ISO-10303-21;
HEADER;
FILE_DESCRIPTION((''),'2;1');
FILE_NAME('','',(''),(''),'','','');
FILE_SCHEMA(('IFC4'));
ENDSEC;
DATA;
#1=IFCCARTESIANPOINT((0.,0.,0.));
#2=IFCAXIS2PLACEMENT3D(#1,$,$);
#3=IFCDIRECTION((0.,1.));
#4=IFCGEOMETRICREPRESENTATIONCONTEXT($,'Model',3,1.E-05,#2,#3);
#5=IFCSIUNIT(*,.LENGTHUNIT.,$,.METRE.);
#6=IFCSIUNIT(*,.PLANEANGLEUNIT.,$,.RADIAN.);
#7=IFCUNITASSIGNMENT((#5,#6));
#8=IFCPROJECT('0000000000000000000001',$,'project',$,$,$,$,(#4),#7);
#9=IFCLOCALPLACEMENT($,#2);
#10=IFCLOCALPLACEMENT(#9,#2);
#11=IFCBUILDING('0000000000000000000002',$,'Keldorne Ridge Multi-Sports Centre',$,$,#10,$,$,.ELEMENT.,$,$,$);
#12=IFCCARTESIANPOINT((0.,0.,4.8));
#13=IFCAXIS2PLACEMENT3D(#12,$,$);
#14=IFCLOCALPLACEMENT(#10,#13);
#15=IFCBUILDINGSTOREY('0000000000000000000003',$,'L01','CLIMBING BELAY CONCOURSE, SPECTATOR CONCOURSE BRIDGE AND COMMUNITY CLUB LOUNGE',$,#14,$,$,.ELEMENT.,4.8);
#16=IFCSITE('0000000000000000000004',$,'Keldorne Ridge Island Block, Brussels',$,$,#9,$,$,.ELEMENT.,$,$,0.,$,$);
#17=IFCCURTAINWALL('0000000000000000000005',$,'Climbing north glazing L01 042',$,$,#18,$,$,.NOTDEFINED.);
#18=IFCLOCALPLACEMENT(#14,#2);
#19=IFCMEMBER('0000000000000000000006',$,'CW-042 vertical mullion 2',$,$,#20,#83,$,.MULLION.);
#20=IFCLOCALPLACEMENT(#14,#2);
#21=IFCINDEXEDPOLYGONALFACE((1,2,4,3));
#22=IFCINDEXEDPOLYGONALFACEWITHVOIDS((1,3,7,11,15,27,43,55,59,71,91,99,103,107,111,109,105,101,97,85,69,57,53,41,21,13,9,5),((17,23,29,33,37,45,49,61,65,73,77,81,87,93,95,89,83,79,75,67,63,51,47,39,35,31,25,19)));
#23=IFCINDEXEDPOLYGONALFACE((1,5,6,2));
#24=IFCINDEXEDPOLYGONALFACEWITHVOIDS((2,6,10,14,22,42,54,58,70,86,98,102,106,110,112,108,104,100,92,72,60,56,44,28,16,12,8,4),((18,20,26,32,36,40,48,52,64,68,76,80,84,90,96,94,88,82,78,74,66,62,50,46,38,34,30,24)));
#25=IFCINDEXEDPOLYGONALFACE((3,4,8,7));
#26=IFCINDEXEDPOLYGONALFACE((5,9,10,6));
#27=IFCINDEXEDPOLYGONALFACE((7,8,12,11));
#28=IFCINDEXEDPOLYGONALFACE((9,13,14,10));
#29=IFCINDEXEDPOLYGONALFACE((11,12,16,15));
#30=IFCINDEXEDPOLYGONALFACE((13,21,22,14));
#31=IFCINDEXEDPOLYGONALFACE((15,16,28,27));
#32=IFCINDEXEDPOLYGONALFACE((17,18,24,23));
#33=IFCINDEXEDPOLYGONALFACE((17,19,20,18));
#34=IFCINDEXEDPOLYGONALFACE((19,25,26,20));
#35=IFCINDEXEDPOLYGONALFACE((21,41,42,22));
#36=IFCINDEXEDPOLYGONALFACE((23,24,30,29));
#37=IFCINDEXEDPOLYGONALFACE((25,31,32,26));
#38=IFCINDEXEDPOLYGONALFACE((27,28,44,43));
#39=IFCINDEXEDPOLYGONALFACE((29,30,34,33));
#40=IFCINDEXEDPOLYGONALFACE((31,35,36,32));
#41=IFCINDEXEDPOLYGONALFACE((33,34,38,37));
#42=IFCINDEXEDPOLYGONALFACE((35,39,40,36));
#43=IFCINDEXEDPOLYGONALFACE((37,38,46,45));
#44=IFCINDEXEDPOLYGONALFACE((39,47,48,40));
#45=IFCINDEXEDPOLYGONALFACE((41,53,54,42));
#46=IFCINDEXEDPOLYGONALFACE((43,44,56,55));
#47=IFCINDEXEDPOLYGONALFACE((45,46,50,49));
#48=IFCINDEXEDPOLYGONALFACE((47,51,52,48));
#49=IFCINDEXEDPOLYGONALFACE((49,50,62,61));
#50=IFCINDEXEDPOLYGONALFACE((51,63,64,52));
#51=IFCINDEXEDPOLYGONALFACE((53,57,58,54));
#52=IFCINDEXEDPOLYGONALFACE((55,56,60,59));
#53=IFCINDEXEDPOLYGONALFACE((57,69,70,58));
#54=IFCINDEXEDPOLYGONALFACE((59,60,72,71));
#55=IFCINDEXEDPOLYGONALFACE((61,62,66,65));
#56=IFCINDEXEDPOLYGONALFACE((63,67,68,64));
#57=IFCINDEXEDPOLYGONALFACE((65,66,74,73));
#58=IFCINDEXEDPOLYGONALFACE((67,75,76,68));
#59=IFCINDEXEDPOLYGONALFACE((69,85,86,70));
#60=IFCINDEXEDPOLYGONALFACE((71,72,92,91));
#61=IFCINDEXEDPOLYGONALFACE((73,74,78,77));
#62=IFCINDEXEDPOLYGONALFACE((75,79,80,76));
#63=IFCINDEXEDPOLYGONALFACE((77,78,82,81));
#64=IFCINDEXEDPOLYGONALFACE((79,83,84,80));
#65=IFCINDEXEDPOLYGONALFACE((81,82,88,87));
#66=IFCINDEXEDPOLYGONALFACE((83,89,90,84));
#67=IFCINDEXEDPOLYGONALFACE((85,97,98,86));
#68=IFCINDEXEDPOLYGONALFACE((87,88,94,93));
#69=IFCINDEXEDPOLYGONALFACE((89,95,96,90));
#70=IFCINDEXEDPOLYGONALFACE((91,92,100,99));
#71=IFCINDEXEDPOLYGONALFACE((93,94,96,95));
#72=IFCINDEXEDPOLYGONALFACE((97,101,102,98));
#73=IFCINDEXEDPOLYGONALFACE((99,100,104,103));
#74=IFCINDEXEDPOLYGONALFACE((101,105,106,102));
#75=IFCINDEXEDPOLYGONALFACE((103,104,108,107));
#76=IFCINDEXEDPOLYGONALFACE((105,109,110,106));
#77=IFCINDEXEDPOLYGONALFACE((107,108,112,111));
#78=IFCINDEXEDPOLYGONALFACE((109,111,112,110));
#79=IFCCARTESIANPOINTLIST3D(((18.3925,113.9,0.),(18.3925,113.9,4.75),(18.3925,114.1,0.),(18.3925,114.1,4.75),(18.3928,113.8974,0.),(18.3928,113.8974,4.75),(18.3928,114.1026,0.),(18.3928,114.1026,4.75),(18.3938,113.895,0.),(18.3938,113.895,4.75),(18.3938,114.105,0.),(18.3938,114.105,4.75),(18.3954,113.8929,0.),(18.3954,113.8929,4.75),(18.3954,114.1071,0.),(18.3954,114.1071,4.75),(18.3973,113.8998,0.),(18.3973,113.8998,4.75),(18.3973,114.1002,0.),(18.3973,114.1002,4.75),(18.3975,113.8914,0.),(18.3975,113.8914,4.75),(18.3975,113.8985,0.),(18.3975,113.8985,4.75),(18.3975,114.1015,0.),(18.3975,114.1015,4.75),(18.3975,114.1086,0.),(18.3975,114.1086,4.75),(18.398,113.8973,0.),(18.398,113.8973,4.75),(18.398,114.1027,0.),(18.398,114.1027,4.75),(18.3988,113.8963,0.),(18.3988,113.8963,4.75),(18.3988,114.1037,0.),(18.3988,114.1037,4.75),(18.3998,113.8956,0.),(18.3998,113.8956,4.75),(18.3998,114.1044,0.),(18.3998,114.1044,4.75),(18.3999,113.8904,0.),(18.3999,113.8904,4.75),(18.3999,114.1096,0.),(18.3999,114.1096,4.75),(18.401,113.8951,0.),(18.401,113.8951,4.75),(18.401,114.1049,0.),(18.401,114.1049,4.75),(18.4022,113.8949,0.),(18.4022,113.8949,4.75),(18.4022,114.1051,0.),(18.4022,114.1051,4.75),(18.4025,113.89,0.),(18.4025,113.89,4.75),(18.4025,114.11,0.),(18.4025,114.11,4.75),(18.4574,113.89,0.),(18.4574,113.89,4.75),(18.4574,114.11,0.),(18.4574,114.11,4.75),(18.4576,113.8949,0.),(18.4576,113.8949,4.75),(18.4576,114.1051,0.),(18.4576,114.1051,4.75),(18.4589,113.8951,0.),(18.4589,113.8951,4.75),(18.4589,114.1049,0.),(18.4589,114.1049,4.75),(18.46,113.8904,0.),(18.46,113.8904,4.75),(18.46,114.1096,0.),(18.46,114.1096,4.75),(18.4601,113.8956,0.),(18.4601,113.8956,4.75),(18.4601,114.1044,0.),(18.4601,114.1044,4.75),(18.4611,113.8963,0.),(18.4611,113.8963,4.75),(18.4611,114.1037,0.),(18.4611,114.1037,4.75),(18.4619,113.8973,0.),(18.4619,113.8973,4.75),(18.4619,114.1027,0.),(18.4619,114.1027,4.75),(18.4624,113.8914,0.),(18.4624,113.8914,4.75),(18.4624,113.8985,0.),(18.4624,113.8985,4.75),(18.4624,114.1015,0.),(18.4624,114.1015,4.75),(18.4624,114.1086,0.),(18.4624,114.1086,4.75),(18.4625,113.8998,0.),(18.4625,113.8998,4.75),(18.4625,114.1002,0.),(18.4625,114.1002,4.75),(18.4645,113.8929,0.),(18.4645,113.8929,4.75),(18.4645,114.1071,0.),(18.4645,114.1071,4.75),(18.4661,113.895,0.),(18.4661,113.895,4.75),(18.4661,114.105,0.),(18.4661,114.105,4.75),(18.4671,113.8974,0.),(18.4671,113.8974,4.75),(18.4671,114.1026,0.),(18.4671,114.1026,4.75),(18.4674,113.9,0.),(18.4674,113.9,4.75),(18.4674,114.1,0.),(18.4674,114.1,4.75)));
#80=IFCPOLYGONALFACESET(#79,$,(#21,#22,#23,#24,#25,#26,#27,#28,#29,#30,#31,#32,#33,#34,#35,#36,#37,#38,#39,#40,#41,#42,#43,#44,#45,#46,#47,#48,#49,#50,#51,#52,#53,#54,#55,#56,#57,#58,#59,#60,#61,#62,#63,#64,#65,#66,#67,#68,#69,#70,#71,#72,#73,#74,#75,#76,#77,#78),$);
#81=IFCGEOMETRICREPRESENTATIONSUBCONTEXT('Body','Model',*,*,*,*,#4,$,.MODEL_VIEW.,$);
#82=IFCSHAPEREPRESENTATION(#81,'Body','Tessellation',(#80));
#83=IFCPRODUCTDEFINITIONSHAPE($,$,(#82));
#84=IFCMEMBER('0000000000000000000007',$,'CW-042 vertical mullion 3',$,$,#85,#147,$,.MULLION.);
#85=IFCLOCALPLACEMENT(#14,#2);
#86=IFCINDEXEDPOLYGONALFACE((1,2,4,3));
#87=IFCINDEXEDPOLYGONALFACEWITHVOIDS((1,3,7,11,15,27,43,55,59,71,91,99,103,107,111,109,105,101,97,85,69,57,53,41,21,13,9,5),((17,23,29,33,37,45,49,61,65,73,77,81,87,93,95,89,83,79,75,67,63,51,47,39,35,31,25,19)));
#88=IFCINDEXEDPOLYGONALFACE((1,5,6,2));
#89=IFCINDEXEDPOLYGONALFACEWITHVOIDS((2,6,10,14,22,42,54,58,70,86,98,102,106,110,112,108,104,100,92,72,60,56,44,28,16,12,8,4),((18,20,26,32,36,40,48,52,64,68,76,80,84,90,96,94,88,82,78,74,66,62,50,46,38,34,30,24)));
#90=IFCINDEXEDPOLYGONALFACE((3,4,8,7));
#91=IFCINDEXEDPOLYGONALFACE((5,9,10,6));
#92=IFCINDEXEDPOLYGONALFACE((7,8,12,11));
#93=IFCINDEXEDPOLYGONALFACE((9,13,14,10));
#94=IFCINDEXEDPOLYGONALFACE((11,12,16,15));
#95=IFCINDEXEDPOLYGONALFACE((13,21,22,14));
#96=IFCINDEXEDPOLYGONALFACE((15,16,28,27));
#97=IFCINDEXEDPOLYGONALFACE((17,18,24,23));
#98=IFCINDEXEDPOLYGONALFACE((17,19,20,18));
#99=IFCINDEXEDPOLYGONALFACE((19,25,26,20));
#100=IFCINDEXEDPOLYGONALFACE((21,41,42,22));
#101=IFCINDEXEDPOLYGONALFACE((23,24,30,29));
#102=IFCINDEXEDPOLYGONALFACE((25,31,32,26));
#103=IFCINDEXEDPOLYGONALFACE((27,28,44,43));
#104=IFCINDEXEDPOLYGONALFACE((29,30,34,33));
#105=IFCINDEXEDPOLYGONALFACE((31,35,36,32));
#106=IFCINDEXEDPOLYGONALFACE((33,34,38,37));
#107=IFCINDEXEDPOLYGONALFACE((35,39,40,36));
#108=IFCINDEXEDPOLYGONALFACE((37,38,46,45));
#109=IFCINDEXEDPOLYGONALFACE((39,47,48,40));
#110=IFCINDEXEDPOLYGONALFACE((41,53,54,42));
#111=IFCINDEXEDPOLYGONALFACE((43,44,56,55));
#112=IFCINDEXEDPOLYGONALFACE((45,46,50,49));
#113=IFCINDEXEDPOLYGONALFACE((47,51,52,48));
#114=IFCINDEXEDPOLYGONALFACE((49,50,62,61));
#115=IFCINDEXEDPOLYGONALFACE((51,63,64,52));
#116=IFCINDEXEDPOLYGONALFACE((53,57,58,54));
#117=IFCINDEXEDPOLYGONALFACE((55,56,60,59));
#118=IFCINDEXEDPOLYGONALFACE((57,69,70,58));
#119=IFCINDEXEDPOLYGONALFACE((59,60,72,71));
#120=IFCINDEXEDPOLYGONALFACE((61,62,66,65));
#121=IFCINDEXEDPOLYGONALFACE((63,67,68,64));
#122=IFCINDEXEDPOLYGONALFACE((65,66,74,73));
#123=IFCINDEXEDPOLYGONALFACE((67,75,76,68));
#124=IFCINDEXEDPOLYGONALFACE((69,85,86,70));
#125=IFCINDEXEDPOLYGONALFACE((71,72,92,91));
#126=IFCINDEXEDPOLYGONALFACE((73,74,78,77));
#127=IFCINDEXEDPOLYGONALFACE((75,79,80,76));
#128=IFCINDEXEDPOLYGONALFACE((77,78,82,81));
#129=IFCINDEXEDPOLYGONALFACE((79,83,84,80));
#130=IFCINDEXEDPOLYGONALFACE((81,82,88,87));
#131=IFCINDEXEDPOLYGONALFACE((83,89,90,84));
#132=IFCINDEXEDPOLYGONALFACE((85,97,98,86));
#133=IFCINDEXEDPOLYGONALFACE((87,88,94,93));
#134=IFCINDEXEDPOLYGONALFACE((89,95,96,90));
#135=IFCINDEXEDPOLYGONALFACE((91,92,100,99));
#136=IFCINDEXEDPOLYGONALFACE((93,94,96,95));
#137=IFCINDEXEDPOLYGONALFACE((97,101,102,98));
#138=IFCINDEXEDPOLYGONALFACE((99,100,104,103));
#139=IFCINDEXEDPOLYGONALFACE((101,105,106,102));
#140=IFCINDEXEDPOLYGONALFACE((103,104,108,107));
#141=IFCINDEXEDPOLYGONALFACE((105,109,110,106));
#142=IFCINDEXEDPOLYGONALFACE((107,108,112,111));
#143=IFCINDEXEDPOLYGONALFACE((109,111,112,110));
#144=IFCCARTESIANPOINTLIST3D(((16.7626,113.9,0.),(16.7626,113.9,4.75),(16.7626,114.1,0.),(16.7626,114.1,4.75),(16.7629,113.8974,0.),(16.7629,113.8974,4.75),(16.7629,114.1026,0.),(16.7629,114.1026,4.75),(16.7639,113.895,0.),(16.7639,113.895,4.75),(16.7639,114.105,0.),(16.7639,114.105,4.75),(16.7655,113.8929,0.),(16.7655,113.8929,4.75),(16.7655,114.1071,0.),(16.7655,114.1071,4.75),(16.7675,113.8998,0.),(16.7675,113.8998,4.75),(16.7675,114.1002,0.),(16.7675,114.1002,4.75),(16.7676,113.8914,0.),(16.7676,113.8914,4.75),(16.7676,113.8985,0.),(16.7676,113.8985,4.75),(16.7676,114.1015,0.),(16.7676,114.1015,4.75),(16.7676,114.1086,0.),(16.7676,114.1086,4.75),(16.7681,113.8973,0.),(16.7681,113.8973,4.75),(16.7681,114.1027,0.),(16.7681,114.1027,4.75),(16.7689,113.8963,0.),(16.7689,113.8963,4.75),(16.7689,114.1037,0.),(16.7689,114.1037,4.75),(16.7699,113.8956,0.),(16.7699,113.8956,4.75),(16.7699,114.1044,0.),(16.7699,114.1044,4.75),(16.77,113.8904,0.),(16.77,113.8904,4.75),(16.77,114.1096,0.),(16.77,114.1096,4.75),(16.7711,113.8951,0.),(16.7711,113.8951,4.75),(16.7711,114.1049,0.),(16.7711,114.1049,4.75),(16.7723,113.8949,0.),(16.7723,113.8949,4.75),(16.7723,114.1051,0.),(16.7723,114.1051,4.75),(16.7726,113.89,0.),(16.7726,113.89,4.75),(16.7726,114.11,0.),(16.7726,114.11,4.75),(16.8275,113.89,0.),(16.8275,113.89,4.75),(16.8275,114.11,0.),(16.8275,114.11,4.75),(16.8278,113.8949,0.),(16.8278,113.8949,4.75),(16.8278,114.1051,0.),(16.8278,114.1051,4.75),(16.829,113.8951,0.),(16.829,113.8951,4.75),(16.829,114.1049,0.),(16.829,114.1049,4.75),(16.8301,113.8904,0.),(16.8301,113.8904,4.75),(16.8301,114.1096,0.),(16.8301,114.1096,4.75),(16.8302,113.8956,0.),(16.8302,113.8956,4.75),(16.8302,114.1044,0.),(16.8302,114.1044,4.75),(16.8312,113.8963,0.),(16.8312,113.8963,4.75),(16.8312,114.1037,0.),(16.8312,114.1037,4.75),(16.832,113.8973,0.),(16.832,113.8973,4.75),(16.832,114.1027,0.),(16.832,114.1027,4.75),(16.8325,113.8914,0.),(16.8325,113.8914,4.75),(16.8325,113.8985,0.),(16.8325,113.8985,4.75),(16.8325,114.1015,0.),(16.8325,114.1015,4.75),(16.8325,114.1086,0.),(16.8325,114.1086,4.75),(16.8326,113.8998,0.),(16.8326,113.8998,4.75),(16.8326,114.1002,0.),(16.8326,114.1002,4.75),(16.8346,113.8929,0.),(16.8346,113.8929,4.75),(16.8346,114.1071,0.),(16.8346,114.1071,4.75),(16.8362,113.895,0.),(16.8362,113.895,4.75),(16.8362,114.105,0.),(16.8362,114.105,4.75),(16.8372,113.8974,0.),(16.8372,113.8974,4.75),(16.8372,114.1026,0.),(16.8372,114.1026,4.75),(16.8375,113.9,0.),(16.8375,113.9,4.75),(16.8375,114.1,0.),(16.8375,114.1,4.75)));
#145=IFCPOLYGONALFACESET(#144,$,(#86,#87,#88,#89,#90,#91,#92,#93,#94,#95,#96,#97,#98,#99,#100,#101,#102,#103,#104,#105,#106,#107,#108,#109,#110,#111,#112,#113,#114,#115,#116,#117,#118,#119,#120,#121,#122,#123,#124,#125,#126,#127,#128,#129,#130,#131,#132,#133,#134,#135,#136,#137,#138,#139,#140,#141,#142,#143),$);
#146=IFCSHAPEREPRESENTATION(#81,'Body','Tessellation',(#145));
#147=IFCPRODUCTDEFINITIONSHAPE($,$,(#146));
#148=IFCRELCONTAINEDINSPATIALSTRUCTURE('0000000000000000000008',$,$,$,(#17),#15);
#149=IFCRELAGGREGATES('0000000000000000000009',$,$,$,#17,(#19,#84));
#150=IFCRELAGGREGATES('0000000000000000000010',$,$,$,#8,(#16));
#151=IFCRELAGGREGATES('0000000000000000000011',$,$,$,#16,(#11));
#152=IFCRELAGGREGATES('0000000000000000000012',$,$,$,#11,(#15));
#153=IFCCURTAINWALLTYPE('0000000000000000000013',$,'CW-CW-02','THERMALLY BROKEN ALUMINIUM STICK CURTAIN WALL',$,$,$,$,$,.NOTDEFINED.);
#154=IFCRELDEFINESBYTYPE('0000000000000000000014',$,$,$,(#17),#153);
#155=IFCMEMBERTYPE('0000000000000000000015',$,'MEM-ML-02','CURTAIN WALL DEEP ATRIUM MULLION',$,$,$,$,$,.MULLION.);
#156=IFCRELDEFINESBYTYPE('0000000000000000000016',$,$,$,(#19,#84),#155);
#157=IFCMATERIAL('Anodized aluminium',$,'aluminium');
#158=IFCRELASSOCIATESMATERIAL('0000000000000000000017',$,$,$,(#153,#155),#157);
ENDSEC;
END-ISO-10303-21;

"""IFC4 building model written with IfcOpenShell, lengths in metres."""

from ifc_helpers import new_model, si_unit, direction, frame, origin, origin_2d, place, context, subcontext, project, spatial, hollow_rectangle, extrude, material, material_profile, profile_set, type_object, element, aggregate, save


model = new_model("IFC4")

# Units and contexts
model_context = context("Model", 3, precision=1e-05, world=origin(), true_north=direction((0.0, 1.0)))
body_context = subcontext(model_context, "Body", "Model", "MODEL_VIEW")
ifc_project = project(units=[si_unit("LENGTHUNIT", "METRE"), si_unit("PLANEANGLEUNIT", "RADIAN")], contexts=[model_context])

# Site, building, storey
site_placement = place(None, origin())
site = spatial("IfcSite", under=ifc_project, at=site_placement, Name="Keldorne Ridge Island Block, Brussels", CompositionType="ELEMENT", RefElevation=0.0)
building_placement = place(site_placement, origin())
building = spatial("IfcBuilding", under=site, at=building_placement, Name="Keldorne Ridge Multi-Sports Centre", CompositionType="ELEMENT")
storey_placement = place(building_placement, frame((0.0, 0.0, 4.8)))
storey = spatial("IfcBuildingStorey", under=building, at=storey_placement, Name="L01", Description="CLIMBING BELAY CONCOURSE, SPECTATOR CONCOURSE BRIDGE AND COMMUNITY CLUB LOUNGE", CompositionType="ELEMENT", Elevation=4.8)

# Curtain wall, members
ifc_material_1 = material(Name="Anodized aluminium", Category="aluminium")
curtain_wall_type_1 = type_object("IfcCurtainWallType", Name="CW-CW-02", Description="THERMALLY BROKEN ALUMINIUM STICK CURTAIN WALL", PredefinedType="NOTDEFINED", material=ifc_material_1)
curtain_wall_1_placement = place(storey_placement, origin())
curtain_wall_1 = element("IfcCurtainWall", 1, at=curtain_wall_1_placement, inside=storey, type_object=curtain_wall_type_1, Name="Climbing north glazing L01 042", PredefinedType="NOTDEFINED")
ifc_material_profile_1 = material_profile(ifc_material_1, hollow_rectangle(XDim=0.075, YDim=0.22, WallThickness=0.0049, InnerFilletRadius=0.0049, OuterFilletRadius=0.01, at=origin_2d()), Name="ALU MULLION 220x75x5")
ifc_profile_set_1 = profile_set([ifc_material_profile_1], Name="Anodized aluminium")
member_type_1 = type_object("IfcMemberType", Name="MEM-ML-02", Description="CURTAIN WALL DEEP ATRIUM MULLION", PredefinedType="MULLION", material=ifc_profile_set_1)
member_1_placement = place(storey_placement, frame((18.4299, 114.0, 0.0), z_axis=(0.0, 0.0, 1.0), x_axis=(1.0, 0.0, 0.0)))
member_1 = element("IfcMember", 2, at=member_1_placement, type_object=member_type_1, Name="CW-042 vertical mullion 2", PredefinedType="MULLION", context=body_context, shape_type="SweptSolid", body=[
    extrude(hollow_rectangle(XDim=0.075, YDim=0.22, WallThickness=0.0049, InnerFilletRadius=0.0049, OuterFilletRadius=0.01, at=origin_2d()), origin(), (0.0, 0.0, 1.0), 4.75),
])
member_2_placement = place(storey_placement, frame((16.8, 114.0, 0.0), z_axis=(0.0, 0.0, 1.0), x_axis=(1.0, 0.0, 0.0)))
member_2 = element("IfcMember", 3, at=member_2_placement, type_object=member_type_1, Name="CW-042 vertical mullion 3", PredefinedType="MULLION", context=body_context, shape_type="SweptSolid", body=[
    extrude(hollow_rectangle(XDim=0.075, YDim=0.22, WallThickness=0.0049, InnerFilletRadius=0.0049, OuterFilletRadius=0.01, at=origin_2d()), origin(), (0.0, 0.0, 1.0), 4.75),
])

aggregate(curtain_wall_1, [member_1, member_2])

save(model, "model.ifc")
